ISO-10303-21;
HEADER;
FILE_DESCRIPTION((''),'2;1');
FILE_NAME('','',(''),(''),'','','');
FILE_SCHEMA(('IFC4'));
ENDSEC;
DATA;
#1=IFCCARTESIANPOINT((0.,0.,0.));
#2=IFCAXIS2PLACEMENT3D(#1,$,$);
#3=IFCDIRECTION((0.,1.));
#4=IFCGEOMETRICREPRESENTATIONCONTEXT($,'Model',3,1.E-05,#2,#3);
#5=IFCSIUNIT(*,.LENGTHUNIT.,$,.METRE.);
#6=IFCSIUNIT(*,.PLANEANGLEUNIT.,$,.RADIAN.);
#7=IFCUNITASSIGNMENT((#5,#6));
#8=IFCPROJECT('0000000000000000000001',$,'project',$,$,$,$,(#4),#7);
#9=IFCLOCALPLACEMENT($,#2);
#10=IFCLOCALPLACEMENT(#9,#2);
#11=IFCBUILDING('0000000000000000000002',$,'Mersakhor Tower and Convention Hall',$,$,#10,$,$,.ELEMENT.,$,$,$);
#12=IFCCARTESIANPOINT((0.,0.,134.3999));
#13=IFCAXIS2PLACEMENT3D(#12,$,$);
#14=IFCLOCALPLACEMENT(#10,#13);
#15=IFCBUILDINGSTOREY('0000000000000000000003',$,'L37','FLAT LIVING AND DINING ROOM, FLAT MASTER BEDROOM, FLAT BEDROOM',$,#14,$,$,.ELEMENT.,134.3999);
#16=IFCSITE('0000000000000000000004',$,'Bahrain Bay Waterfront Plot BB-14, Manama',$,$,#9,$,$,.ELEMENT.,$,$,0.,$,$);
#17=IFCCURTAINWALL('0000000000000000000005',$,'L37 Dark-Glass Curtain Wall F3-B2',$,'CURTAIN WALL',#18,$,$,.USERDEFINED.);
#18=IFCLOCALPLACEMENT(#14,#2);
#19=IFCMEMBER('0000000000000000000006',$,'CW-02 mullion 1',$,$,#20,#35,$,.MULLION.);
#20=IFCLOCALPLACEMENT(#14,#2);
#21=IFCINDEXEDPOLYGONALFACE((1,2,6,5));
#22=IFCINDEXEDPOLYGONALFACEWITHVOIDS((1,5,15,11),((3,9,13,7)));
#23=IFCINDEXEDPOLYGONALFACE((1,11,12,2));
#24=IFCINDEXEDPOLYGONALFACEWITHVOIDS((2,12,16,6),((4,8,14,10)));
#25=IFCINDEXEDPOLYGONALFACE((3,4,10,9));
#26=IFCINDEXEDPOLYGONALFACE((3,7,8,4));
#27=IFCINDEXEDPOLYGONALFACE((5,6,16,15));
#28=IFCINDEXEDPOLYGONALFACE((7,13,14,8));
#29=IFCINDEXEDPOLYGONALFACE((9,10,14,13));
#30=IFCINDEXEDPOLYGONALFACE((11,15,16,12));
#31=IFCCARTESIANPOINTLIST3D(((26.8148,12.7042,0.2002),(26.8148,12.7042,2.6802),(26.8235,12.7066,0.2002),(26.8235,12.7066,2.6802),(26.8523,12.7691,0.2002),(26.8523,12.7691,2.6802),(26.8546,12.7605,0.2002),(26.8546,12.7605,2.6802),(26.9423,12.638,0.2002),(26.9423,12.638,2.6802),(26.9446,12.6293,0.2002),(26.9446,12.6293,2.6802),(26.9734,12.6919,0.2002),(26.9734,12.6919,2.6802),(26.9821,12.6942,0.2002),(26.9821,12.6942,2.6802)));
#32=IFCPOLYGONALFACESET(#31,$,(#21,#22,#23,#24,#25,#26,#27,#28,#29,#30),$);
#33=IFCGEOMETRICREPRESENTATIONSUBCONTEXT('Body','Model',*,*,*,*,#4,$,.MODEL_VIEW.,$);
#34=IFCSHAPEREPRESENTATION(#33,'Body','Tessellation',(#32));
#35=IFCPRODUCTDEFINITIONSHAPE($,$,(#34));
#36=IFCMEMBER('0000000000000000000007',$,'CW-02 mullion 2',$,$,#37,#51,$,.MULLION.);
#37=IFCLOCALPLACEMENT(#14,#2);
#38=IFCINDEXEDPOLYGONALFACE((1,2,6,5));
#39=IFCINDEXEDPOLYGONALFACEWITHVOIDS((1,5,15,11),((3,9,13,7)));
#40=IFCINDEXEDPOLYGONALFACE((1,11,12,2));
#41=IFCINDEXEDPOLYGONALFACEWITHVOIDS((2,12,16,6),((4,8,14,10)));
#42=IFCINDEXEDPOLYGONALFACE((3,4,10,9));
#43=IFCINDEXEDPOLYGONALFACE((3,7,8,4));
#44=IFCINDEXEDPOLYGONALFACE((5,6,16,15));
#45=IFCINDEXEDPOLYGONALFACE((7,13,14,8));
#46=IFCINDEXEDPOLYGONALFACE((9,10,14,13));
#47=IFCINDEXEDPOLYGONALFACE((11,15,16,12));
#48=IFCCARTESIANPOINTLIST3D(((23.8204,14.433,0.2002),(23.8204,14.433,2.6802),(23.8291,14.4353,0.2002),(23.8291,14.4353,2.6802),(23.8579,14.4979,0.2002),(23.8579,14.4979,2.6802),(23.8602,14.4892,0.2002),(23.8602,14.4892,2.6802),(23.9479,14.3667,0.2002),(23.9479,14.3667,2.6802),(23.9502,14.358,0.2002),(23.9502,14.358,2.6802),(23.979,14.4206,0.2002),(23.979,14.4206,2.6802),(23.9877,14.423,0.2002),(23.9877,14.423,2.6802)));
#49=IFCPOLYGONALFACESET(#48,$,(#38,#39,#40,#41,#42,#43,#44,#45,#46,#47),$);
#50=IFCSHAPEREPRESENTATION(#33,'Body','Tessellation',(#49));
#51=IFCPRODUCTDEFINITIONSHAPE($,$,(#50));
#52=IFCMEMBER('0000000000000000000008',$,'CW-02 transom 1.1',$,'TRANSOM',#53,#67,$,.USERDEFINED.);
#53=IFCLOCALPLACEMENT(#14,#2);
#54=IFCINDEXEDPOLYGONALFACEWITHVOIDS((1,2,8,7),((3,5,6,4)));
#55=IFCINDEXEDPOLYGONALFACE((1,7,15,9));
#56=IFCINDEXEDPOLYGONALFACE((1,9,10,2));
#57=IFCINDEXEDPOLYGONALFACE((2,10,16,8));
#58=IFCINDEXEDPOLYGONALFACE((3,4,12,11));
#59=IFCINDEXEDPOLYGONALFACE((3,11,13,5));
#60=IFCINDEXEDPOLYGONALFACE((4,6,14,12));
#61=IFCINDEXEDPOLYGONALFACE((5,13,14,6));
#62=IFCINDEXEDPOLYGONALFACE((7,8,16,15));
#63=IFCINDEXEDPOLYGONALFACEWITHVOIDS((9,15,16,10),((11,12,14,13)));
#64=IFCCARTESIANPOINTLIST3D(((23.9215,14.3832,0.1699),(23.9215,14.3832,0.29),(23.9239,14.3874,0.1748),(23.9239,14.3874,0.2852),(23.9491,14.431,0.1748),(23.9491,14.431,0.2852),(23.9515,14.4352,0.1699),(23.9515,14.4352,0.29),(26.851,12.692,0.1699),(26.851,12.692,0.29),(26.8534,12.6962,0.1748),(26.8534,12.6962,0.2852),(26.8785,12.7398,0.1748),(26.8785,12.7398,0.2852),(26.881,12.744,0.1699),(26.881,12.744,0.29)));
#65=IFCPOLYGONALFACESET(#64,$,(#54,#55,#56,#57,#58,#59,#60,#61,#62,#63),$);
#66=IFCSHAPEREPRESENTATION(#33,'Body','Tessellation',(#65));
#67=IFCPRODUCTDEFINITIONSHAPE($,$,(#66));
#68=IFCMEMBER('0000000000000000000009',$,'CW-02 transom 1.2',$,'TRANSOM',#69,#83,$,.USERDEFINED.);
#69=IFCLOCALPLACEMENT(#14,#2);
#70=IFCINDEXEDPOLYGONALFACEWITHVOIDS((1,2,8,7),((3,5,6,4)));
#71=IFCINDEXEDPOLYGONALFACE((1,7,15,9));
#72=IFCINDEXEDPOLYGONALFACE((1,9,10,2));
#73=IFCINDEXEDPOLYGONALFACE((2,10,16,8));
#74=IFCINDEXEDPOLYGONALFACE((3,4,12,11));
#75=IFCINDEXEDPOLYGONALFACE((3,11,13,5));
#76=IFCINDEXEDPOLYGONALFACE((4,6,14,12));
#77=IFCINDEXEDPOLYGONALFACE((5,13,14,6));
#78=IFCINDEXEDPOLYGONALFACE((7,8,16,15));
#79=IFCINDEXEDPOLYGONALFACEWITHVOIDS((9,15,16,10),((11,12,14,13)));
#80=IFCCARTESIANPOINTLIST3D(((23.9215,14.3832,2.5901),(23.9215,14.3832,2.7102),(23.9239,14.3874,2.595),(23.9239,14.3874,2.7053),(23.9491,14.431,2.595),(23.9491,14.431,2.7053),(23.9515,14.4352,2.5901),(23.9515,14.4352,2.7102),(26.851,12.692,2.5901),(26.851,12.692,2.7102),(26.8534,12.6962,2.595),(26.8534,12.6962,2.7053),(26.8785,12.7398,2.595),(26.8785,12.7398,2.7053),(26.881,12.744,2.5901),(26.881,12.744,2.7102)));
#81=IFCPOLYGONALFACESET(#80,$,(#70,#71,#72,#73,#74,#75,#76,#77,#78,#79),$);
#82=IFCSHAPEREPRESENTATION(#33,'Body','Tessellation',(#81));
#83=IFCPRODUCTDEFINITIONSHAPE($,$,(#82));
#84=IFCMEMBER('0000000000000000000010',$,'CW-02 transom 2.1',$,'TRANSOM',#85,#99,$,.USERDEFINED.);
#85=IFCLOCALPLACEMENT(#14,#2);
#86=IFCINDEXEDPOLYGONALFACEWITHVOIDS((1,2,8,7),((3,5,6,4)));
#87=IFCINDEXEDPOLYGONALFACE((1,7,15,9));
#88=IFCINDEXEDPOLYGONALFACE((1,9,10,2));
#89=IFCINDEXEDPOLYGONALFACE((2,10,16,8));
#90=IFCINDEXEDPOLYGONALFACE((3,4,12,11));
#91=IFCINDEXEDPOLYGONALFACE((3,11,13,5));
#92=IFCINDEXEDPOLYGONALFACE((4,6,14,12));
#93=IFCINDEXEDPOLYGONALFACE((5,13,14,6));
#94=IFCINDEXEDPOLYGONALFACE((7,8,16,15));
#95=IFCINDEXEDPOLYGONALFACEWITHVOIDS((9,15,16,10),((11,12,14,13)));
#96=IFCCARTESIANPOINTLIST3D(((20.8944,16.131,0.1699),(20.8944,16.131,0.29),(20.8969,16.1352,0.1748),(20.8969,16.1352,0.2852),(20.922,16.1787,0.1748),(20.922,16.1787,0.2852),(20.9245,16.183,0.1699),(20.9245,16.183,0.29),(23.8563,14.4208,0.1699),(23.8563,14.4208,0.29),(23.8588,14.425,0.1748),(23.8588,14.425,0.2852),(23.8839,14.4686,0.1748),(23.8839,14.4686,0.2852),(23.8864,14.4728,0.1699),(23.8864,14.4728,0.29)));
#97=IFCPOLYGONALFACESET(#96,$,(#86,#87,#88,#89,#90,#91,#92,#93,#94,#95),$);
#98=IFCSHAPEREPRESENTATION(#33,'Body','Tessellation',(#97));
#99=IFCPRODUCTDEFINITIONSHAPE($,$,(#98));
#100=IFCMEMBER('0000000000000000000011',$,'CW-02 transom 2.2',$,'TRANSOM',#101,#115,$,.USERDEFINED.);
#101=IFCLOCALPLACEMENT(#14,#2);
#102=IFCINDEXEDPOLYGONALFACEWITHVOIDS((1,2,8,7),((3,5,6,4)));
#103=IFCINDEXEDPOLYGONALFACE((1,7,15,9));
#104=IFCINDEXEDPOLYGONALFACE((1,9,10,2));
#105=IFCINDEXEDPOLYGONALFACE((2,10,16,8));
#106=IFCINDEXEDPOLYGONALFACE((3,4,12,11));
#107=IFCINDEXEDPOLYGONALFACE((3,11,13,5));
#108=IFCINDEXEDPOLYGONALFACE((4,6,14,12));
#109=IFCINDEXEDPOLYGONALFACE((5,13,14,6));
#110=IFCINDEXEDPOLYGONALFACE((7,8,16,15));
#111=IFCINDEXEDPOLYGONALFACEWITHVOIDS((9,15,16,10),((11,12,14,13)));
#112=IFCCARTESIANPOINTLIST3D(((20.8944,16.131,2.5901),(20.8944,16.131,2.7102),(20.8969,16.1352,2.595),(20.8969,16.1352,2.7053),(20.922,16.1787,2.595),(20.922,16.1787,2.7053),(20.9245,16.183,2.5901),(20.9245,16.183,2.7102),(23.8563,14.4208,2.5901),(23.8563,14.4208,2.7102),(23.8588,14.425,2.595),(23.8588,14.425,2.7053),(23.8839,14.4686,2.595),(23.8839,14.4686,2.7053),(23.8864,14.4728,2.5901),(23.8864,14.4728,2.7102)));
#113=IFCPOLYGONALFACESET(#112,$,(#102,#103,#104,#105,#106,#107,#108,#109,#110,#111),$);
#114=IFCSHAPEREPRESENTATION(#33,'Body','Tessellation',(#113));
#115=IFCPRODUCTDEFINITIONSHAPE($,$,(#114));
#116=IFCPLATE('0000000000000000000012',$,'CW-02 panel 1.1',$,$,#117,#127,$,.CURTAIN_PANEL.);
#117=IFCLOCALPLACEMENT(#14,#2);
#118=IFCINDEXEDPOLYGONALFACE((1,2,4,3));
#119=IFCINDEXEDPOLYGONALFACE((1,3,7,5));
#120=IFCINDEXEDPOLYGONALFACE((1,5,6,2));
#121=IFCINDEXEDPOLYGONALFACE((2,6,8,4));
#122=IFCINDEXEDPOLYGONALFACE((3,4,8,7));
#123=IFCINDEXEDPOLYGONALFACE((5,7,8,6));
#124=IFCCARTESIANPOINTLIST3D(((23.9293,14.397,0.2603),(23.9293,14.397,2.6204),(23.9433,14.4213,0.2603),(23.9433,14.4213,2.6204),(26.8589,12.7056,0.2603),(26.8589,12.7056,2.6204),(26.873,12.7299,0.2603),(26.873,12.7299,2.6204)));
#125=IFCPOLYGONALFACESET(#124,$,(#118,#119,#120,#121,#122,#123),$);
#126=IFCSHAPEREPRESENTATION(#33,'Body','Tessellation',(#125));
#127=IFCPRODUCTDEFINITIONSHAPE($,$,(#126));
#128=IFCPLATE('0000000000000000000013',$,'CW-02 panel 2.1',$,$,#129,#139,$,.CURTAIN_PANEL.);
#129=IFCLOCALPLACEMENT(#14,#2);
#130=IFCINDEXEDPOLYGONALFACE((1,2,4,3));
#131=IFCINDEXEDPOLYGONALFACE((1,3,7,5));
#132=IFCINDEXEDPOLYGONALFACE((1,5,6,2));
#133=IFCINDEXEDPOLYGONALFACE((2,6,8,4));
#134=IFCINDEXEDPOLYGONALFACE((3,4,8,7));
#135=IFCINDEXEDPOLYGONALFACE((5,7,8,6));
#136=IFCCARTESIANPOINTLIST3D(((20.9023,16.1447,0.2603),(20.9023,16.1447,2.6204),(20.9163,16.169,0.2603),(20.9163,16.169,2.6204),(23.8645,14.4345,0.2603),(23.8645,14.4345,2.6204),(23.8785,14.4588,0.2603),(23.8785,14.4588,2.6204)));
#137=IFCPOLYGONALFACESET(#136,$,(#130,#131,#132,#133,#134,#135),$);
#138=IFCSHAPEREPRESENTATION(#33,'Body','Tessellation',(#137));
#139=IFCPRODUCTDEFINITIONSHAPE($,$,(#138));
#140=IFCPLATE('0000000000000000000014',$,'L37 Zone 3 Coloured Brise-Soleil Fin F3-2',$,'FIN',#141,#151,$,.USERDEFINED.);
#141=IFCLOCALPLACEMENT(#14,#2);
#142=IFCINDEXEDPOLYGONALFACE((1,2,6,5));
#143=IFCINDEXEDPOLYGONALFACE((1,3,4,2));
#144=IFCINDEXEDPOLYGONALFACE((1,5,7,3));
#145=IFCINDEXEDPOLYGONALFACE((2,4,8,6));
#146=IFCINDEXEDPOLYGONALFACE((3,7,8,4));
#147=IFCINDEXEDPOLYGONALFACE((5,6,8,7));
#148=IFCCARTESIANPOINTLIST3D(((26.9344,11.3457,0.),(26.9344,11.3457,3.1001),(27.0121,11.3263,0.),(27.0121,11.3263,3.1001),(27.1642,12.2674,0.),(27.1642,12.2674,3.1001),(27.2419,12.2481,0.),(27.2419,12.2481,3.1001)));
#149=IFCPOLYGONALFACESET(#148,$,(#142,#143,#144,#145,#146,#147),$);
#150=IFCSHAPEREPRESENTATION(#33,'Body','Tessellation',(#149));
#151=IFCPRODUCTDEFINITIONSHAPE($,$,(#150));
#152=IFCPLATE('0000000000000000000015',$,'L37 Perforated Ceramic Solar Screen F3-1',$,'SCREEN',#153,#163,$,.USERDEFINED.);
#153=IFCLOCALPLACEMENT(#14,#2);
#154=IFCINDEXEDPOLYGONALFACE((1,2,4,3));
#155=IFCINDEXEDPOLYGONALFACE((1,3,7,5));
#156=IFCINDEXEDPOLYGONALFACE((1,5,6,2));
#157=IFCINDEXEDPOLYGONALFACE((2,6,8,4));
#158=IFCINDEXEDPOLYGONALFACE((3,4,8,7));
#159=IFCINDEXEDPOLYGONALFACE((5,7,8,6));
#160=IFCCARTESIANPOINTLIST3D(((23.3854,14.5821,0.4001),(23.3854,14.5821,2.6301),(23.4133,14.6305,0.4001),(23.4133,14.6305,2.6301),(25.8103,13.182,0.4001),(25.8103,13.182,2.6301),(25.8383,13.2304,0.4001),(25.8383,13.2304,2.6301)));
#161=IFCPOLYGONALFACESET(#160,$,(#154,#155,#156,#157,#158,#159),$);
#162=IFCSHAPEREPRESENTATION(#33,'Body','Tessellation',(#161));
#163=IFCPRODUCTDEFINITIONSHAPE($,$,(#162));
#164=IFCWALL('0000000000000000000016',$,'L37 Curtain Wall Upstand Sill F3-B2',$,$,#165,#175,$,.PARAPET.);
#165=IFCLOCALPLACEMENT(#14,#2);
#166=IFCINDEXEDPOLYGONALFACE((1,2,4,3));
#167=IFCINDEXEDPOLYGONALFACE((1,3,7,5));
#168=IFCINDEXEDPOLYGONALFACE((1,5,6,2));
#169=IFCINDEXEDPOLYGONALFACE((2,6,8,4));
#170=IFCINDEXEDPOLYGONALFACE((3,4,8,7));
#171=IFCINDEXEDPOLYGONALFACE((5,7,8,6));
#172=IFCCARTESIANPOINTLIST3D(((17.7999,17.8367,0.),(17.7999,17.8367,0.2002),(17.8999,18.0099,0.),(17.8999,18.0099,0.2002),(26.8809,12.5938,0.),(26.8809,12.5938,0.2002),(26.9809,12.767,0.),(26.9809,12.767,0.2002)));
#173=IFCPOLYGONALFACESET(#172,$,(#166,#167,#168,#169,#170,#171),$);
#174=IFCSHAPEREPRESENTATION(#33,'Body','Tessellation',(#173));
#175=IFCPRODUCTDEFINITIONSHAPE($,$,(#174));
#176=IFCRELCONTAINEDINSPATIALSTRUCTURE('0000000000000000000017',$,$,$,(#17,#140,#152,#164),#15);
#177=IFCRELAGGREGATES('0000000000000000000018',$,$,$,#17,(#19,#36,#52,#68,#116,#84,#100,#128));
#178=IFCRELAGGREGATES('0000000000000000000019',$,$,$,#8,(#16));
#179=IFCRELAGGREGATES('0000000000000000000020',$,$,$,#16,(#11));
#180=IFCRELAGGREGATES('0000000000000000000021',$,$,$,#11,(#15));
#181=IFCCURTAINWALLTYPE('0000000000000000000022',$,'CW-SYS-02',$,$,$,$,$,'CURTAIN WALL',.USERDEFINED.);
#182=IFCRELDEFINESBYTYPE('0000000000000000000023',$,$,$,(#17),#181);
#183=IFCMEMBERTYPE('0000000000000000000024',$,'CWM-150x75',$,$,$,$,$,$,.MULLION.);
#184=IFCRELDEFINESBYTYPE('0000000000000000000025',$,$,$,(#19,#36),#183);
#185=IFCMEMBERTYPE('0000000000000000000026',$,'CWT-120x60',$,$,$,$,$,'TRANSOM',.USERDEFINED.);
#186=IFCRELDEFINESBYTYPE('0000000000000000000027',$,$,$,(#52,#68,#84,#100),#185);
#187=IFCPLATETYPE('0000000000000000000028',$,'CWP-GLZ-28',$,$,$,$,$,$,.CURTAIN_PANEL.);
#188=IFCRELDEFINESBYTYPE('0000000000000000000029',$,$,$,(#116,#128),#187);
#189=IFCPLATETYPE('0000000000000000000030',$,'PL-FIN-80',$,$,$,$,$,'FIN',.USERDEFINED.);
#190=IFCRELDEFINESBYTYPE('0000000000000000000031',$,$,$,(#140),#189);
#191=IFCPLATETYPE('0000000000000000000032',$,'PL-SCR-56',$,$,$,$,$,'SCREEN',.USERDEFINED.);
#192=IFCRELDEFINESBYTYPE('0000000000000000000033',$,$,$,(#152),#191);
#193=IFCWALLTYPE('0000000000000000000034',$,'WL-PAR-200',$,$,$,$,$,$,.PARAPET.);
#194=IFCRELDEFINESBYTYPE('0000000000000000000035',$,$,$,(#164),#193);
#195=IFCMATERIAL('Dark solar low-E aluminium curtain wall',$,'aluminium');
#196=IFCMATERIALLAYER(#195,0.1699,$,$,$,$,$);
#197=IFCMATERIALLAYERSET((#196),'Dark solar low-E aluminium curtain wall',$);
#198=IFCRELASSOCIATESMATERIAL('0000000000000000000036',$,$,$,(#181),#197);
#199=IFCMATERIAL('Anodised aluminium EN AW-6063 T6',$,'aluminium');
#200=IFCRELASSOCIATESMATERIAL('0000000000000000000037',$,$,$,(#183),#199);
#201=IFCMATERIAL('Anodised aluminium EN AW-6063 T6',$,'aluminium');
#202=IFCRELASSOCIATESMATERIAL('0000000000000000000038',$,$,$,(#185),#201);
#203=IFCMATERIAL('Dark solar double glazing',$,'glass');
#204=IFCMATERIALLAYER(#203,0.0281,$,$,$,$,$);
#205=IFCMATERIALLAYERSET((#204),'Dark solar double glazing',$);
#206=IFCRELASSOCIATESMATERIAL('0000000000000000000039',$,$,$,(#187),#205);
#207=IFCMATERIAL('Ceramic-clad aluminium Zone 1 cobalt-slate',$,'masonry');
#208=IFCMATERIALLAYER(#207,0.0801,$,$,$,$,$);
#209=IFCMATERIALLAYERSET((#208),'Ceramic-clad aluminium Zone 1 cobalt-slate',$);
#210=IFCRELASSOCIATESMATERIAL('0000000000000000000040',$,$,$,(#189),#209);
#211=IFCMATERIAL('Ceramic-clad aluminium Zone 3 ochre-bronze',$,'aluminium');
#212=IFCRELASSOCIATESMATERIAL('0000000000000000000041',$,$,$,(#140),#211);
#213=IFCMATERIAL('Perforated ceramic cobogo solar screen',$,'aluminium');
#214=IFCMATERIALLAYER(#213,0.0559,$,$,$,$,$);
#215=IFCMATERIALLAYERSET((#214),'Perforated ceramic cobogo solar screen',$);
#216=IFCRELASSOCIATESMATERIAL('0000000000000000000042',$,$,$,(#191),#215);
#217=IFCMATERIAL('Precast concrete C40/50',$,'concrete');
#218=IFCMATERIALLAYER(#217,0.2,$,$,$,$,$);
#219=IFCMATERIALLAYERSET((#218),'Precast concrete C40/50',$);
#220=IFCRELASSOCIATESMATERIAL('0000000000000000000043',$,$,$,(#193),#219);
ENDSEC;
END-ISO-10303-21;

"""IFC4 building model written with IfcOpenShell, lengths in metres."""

from ifc_helpers import new_model, si_unit, direction, frame, frame_2d, origin, origin_2d, place, context, subcontext, project, spatial, rectangle, hollow_rectangle, extrude, material, layer, layer_set, material_profile, profile_set, type_object, element, aggregate, save


model = new_model("IFC4")

# Units and contexts
model_context = context("Model", 3, precision=1e-05, world=origin(), true_north=direction((0.0, 1.0)))
body_context = subcontext(model_context, "Body", "Model", "MODEL_VIEW")
ifc_project = project(units=[si_unit("LENGTHUNIT", "METRE"), si_unit("PLANEANGLEUNIT", "RADIAN")], contexts=[model_context])

# Site, building, storey
site_placement = place(None, origin())
site = spatial("IfcSite", under=ifc_project, at=site_placement, Name="Bahrain Bay Waterfront Plot BB-14, Manama", CompositionType="ELEMENT", RefElevation=0.0)
building_placement = place(site_placement, origin())
building = spatial("IfcBuilding", under=site, at=building_placement, Name="Mersakhor Tower and Convention Hall", CompositionType="ELEMENT")
storey_placement = place(building_placement, frame((0.0, 0.0, 134.3999)))
storey = spatial("IfcBuildingStorey", under=building, at=storey_placement, Name="L37", Description="FLAT LIVING AND DINING ROOM, FLAT MASTER BEDROOM, FLAT BEDROOM", CompositionType="ELEMENT", Elevation=134.3999)

# Curtain wall, members, plates
ifc_material_1 = material(Name="Dark solar low-E aluminium curtain wall", Category="aluminium")
ifc_layer_1 = layer(ifc_material_1, 0.1699)
ifc_layer_set_1 = layer_set([ifc_layer_1], Name="Dark solar low-E aluminium curtain wall")
curtain_wall_type = type_object("IfcCurtainWallType", Name="CW-SYS-02", ElementType="CURTAIN WALL", PredefinedType="USERDEFINED", material=ifc_layer_set_1)
curtain_wall_placement = place(storey_placement, origin())
curtain_wall = element("IfcCurtainWall", 1, at=curtain_wall_placement, inside=storey, type_object=curtain_wall_type, Name="L37 Dark-Glass Curtain Wall F3-B2", ObjectType="CURTAIN WALL", PredefinedType="USERDEFINED")
ifc_material_2 = material(Name="Anodised aluminium EN AW-6063 T6", Category="aluminium")
ifc_material_profile_1 = material_profile(ifc_material_2, hollow_rectangle(XDim=0.075, YDim=0.1499, WallThickness=0.0063, at=origin_2d()), Name="RHS 150x75x6.3")
ifc_profile_set_1 = profile_set([ifc_material_profile_1], Name="Anodised aluminium EN AW-6063 T6")
member_type_1 = type_object("IfcMemberType", Name="CWM-150x75", PredefinedType="MULLION", material=ifc_profile_set_1)
member_1_placement = place(storey_placement, frame((26.8984, 12.6992, 0.2002), z_axis=(0.0, 0.0, 1.0), x_axis=(-0.49999, -0.866031, 0.0)))
member_1 = element("IfcMember", 2, at=member_1_placement, type_object=member_type_1, Name="CW-02 mullion 1", PredefinedType="MULLION", context=body_context, shape_type="SweptSolid", body=[
    extrude(hollow_rectangle(XDim=0.075, YDim=0.1499, WallThickness=0.0063, at=origin_2d()), origin(), (0.0, 0.0, 1.0), 2.48),
])
member_2_placement = place(storey_placement, frame((23.9041, 14.428, 0.2002), z_axis=(0.0, 0.0, 1.0), x_axis=(-0.49999, -0.866031, 0.0)))
member_2 = element("IfcMember", 3, at=member_2_placement, type_object=member_type_1, Name="CW-02 mullion 2", PredefinedType="MULLION", context=body_context, shape_type="SweptSolid", body=[
    extrude(hollow_rectangle(XDim=0.075, YDim=0.1499, WallThickness=0.0063, at=origin_2d()), origin(), (0.0, 0.0, 1.0), 2.48),
])
ifc_material_3 = material(Name="Anodised aluminium EN AW-6063 T6", Category="aluminium")
ifc_material_profile_2 = material_profile(ifc_material_3, hollow_rectangle(XDim=0.0601, YDim=0.1201, WallThickness=0.0049, at=origin_2d()), Name="RHS 120x60x5")
ifc_profile_set_2 = profile_set([ifc_material_profile_2], Name="Anodised aluminium EN AW-6063 T6")
member_type_2 = type_object("IfcMemberType", Name="CWT-120x60", ElementType="TRANSOM", PredefinedType="USERDEFINED", material=ifc_profile_set_2)
member_3_placement = place(storey_placement, frame((26.866, 12.718, 0.23), z_axis=(-0.866045, 0.499966, 0.0), x_axis=(-0.499966, -0.866045, 0.0)))
member_3 = element("IfcMember", 4, at=member_3_placement, type_object=member_type_2, Name="CW-02 transom 1.1", ObjectType="TRANSOM", PredefinedType="USERDEFINED", context=body_context, shape_type="SweptSolid", body=[
    extrude(hollow_rectangle(XDim=0.0601, YDim=0.1201, WallThickness=0.0049, at=origin_2d()), origin(), (0.0, 0.0, 1.0), 3.3826),
])
member_4_placement = place(storey_placement, frame((26.866, 12.718, 2.6501), z_axis=(-0.866045, 0.499966, 0.0), x_axis=(-0.499966, -0.866045, 0.0)))
member_4 = element("IfcMember", 5, at=member_4_placement, type_object=member_type_2, Name="CW-02 transom 1.2", ObjectType="TRANSOM", PredefinedType="USERDEFINED", context=body_context, shape_type="SweptSolid", body=[
    extrude(hollow_rectangle(XDim=0.0601, YDim=0.1201, WallThickness=0.0049, at=origin_2d()), origin(), (0.0, 0.0, 1.0), 3.3826),
])
member_5_placement = place(storey_placement, frame((23.8713, 14.4468, 0.23), z_axis=(-0.866007, 0.500031, 0.0), x_axis=(-0.500031, -0.866007, 0.0)))
member_5 = element("IfcMember", 6, at=member_5_placement, type_object=member_type_2, Name="CW-02 transom 2.1", ObjectType="TRANSOM", PredefinedType="USERDEFINED", context=body_context, shape_type="SweptSolid", body=[
    extrude(hollow_rectangle(XDim=0.0601, YDim=0.1201, WallThickness=0.0049, at=origin_2d()), origin(), (0.0, 0.0, 1.0), 3.4202),
])
member_6_placement = place(storey_placement, frame((23.8713, 14.4468, 2.6501), z_axis=(-0.866007, 0.500031, 0.0), x_axis=(-0.500031, -0.866007, 0.0)))
member_6 = element("IfcMember", 7, at=member_6_placement, type_object=member_type_2, Name="CW-02 transom 2.2", ObjectType="TRANSOM", PredefinedType="USERDEFINED", context=body_context, shape_type="SweptSolid", body=[
    extrude(hollow_rectangle(XDim=0.0601, YDim=0.1201, WallThickness=0.0049, at=origin_2d()), origin(), (0.0, 0.0, 1.0), 3.4202),
])
ifc_material_4 = material(Name="Dark solar double glazing", Category="glass")
ifc_layer_2 = layer(ifc_material_4, 0.0281)
ifc_layer_set_2 = layer_set([ifc_layer_2], Name="Dark solar double glazing")
plate_type_1 = type_object("IfcPlateType", Name="CWP-GLZ-28", PredefinedType="CURTAIN_PANEL", material=ifc_layer_set_2)
plate_1_placement = place(storey_placement, frame((25.4011, 13.5635, 0.2603), z_axis=(0.0, 0.0, 1.0), x_axis=(-0.866031, 0.49999, 0.0)))
plate_1 = element("IfcPlate", 8, at=plate_1_placement, type_object=plate_type_1, Name="CW-02 panel 1.1", PredefinedType="CURTAIN_PANEL", context=body_context, shape_type="SweptSolid", body=[
    extrude(rectangle(XDim=3.3828, YDim=0.0281, at=origin_2d()), origin(), (0.0, 0.0, 1.0), 2.3601),
])
plate_2_placement = place(storey_placement, frame((22.3904, 15.3018, 0.2603), z_axis=(0.0, 0.0, 1.0), x_axis=(-0.866031, 0.49999, 0.0)))
plate_2 = element("IfcPlate", 9, at=plate_2_placement, type_object=plate_type_1, Name="CW-02 panel 2.1", PredefinedType="CURTAIN_PANEL", context=body_context, shape_type="SweptSolid", body=[
    extrude(rectangle(XDim=3.4204, YDim=0.0281, at=origin_2d()), origin(), (0.0, 0.0, 1.0), 2.3601),
])
aggregate(curtain_wall, [member_1, member_2, member_3, member_4, plate_1, member_5, member_6, plate_2])

# Plates
ifc_material_5 = material(Name="Ceramic-clad aluminium Zone 3 ochre-bronze", Category="aluminium")
ifc_material_6 = material(Name="Ceramic-clad aluminium Zone 1 cobalt-slate", Category="masonry")
ifc_layer_3 = layer(ifc_material_6, 0.0801)
ifc_layer_set_3 = layer_set([ifc_layer_3], Name="Ceramic-clad aluminium Zone 1 cobalt-slate")
plate_type_2 = type_object("IfcPlateType", Name="PL-FIN-80", ElementType="FIN", PredefinedType="USERDEFINED", material=ifc_layer_set_3)
plate_3_placement = place(storey_placement, frame((27.0881, 11.7969, 0.0), z_axis=(0.0, 0.0, 1.0), x_axis=(-0.241922, -0.970296, 0.0)))
element("IfcPlate", 10, at=plate_3_placement, inside=storey, type_object=plate_type_2, material=ifc_material_5, Name="L37 Zone 3 Coloured Brise-Soleil Fin F3-2", ObjectType="FIN", PredefinedType="USERDEFINED", context=body_context, shape_type="SweptSolid", body=[
    extrude(rectangle(XDim=0.95, YDim=0.0801, at=origin_2d()), origin(), (0.0, 0.0, 1.0), 3.1001),
])
ifc_material_7 = material(Name="Perforated ceramic cobogo solar screen", Category="aluminium")
ifc_layer_4 = layer(ifc_material_7, 0.0559)
ifc_layer_set_4 = layer_set([ifc_layer_4], Name="Perforated ceramic cobogo solar screen")
plate_type_3 = type_object("IfcPlateType", Name="PL-SCR-56", ElementType="SCREEN", PredefinedType="USERDEFINED", material=ifc_layer_set_4)
plate_4_placement = place(storey_placement, frame((24.6118, 13.9062, 0.4001), z_axis=(0.0, 0.0, 1.0), x_axis=(-0.866025, 0.5, 0.0)))
element("IfcPlate", 11, at=plate_4_placement, inside=storey, type_object=plate_type_3, Name="L37 Perforated Ceramic Solar Screen F3-1", ObjectType="SCREEN", PredefinedType="USERDEFINED", context=body_context, shape_type="SweptSolid", body=[
    extrude(rectangle(XDim=2.8, YDim=0.0559, at=origin_2d()), origin(), (0.0, 0.0, 1.0), 2.23),
])

# Wall
ifc_material_8 = material(Name="Precast concrete C40/50", Category="concrete")
ifc_layer_5 = layer(ifc_material_8, 0.2)
ifc_layer_set_5 = layer_set([ifc_layer_5], Name="Precast concrete C40/50")
wall_type_1 = type_object("IfcWallType", Name="WL-PAR-200", PredefinedType="PARAPET", material=ifc_layer_set_5)
wall_1_placement = place(storey_placement, frame((26.9309, 12.6804, 0.0), z_axis=(0.0, 0.0, 1.0), x_axis=(-0.866027, 0.499998, 0.0)))
element("IfcWall", 12, at=wall_1_placement, inside=storey, type_object=wall_type_1, Name="L37 Curtain Wall Upstand Sill F3-B2", PredefinedType="PARAPET", context=body_context, shape_type="SweptSolid", body=[
    extrude(rectangle(XDim=10.4858, YDim=0.2, at=frame_2d((5.2429, 0.0))), origin(), (0.0, 0.0, 1.0), 0.2002),
])

save(model, "model.ifc")
